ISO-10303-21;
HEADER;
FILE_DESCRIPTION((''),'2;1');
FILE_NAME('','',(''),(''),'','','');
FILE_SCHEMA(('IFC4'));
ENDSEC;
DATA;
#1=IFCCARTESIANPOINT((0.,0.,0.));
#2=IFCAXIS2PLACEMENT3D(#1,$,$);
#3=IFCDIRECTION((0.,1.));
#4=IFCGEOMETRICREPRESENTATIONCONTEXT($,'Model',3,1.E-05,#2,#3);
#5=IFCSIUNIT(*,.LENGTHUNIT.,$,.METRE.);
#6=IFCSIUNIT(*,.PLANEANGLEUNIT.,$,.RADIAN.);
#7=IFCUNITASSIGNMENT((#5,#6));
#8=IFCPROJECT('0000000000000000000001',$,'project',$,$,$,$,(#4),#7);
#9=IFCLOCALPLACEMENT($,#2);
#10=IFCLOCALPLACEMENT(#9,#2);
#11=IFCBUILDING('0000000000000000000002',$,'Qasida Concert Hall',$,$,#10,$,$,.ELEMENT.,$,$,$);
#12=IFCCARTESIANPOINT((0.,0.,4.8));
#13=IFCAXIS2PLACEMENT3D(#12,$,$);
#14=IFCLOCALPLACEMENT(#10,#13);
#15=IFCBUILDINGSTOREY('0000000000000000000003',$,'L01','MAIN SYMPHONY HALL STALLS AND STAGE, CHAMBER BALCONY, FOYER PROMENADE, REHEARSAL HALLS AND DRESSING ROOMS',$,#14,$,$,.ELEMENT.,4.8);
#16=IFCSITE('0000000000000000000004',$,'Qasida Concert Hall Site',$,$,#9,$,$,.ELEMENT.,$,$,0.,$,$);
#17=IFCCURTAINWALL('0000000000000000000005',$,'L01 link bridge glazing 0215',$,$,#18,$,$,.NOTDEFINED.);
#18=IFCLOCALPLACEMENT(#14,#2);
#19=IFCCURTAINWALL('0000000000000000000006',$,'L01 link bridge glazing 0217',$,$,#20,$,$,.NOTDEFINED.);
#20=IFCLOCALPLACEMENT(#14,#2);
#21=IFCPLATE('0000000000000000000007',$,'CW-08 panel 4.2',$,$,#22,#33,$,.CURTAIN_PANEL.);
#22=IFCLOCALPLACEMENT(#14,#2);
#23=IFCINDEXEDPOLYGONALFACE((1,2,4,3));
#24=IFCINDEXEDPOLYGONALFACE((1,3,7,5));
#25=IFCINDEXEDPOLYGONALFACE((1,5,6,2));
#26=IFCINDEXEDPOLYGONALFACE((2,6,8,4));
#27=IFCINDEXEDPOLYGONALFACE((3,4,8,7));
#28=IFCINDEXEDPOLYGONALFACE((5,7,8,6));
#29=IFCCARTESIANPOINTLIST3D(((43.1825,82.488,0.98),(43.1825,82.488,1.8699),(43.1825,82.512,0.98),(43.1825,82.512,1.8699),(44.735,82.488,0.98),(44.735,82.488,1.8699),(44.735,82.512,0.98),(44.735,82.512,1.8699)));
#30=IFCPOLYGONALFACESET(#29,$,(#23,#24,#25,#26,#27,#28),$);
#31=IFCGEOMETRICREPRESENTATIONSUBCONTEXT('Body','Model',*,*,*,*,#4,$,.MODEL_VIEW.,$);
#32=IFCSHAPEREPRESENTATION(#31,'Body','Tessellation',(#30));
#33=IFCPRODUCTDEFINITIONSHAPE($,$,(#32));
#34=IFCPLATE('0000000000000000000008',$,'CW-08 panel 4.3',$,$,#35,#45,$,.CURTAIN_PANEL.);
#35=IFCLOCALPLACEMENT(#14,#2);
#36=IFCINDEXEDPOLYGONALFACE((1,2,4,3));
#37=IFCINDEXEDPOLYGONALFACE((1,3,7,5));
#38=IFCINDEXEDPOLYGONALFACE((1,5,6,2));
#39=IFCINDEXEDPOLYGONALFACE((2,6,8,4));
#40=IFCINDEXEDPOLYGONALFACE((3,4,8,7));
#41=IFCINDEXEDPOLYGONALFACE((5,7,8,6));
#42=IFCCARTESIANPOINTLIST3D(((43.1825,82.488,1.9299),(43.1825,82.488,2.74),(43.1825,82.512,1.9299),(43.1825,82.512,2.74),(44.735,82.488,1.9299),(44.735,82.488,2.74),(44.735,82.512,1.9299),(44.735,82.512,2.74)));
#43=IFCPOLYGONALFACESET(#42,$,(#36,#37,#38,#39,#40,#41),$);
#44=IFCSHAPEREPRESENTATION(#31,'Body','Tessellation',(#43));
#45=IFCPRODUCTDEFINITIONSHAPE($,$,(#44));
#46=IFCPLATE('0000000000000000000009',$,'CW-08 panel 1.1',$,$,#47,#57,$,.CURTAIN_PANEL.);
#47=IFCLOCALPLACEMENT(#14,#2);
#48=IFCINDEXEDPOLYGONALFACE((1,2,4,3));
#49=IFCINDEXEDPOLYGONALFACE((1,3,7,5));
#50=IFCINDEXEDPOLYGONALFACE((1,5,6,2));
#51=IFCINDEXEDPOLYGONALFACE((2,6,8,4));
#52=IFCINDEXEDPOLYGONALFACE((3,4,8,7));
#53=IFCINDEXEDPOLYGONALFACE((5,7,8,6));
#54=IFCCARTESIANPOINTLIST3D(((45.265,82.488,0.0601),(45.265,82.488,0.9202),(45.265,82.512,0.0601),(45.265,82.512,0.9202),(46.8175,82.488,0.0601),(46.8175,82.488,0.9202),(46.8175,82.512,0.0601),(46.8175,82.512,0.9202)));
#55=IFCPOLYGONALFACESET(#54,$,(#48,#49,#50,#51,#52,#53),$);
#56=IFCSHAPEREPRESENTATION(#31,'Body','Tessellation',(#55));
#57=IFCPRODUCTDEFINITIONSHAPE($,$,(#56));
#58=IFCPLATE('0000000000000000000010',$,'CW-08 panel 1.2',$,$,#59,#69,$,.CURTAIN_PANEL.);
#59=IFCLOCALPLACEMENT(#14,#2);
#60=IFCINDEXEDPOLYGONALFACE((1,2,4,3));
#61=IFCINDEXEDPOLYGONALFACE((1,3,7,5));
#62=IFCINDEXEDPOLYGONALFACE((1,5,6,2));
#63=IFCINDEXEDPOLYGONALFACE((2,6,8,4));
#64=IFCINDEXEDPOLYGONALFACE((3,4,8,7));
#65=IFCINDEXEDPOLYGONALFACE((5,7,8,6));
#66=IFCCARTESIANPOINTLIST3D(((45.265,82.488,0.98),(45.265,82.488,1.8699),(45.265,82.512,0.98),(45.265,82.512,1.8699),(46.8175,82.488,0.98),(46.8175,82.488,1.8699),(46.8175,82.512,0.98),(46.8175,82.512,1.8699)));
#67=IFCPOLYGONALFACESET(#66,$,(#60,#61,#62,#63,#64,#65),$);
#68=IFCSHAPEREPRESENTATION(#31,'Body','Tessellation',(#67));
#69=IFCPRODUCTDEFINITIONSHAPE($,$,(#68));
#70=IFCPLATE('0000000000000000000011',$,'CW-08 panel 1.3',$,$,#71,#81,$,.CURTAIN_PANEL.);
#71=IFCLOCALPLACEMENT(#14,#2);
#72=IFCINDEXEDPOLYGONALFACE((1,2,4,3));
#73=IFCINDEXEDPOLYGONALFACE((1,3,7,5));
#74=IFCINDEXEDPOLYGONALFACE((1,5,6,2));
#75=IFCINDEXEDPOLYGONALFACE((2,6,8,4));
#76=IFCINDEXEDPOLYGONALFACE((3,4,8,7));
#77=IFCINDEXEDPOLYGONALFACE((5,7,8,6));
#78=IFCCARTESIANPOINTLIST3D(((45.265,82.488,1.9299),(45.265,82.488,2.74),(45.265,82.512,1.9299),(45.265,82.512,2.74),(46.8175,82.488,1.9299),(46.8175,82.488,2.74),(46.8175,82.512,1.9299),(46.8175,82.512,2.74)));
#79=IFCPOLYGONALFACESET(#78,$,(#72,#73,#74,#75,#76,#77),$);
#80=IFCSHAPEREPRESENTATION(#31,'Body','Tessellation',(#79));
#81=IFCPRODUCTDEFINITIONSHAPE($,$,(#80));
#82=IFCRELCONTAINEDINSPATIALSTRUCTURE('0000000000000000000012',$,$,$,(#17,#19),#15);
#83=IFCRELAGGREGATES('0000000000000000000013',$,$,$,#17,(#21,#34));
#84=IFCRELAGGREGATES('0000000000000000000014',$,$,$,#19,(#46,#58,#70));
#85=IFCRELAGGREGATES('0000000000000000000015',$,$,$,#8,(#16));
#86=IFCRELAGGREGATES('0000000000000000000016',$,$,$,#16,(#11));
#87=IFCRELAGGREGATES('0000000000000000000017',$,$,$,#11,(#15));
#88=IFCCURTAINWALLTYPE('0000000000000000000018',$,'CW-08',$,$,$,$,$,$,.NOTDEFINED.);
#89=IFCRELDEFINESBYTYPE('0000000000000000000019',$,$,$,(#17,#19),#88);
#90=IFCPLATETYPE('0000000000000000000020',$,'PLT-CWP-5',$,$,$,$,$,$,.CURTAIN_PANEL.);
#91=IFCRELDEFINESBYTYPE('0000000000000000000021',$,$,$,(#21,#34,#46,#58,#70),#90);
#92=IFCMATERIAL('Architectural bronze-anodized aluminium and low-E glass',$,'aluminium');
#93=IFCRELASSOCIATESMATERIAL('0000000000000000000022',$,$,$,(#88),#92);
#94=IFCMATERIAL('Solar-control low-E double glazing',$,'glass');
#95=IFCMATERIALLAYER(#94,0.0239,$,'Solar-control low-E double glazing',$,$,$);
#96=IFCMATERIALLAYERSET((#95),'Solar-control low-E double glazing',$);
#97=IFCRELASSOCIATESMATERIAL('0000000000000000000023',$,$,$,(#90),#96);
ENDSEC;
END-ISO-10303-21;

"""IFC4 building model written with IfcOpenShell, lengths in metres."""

from ifc_helpers import new_model, si_unit, direction, frame, origin, origin_2d, place, context, subcontext, project, spatial, rectangle, extrude, material, layer, layer_set, type_object, element, aggregate, save


model = new_model("IFC4")

# Units and contexts
model_context = context("Model", 3, precision=1e-05, world=origin(), true_north=direction((0.0, 1.0)))
body_context = subcontext(model_context, "Body", "Model", "MODEL_VIEW")
ifc_project = project(units=[si_unit("LENGTHUNIT", "METRE"), si_unit("PLANEANGLEUNIT", "RADIAN")], contexts=[model_context])

# Site, building, storey
site_placement = place(None, origin())
site = spatial("IfcSite", under=ifc_project, at=site_placement, Name="Qasida Concert Hall Site", CompositionType="ELEMENT", RefElevation=0.0)
building_placement = place(site_placement, origin())
building = spatial("IfcBuilding", under=site, at=building_placement, Name="Qasida Concert Hall", CompositionType="ELEMENT")
storey_placement = place(building_placement, frame((0.0, 0.0, 4.8)))
storey = spatial("IfcBuildingStorey", under=building, at=storey_placement, Name="L01", Description="MAIN SYMPHONY HALL STALLS AND STAGE, CHAMBER BALCONY, FOYER PROMENADE, REHEARSAL HALLS AND DRESSING ROOMS", CompositionType="ELEMENT", Elevation=4.8)

# Curtain walls
ifc_material_1 = material(Name="Architectural bronze-anodized aluminium and low-E glass", Category="aluminium")
curtain_wall_type = type_object("IfcCurtainWallType", Name="CW-08", PredefinedType="NOTDEFINED", material=ifc_material_1)
curtain_wall_1_placement = place(storey_placement, origin())
curtain_wall_1 = element("IfcCurtainWall", 1, at=curtain_wall_1_placement, inside=storey, type_object=curtain_wall_type, Name="L01 link bridge glazing 0215", PredefinedType="NOTDEFINED")
curtain_wall_2_placement = place(storey_placement, origin())
curtain_wall_2 = element("IfcCurtainWall", 2, at=curtain_wall_2_placement, inside=storey, type_object=curtain_wall_type, Name="L01 link bridge glazing 0217", PredefinedType="NOTDEFINED")

# Plates
ifc_material_2 = material(Name="Solar-control low-E double glazing", Category="glass")
ifc_layer = layer(ifc_material_2, 0.0239, Name="Solar-control low-E double glazing")
ifc_layer_set = layer_set([ifc_layer], Name="Solar-control low-E double glazing")
plate_type = type_object("IfcPlateType", Name="PLT-CWP-5", PredefinedType="CURTAIN_PANEL", material=ifc_layer_set)
plate_1_placement = place(storey_placement, frame((43.9587, 82.5, 0.98), z_axis=(0.0, 0.0, 1.0), x_axis=(1.0, 0.0, 0.0)))
plate_1 = element("IfcPlate", 3, at=plate_1_placement, type_object=plate_type, Name="CW-08 panel 4.2", PredefinedType="CURTAIN_PANEL", context=body_context, shape_type="SweptSolid", body=[
    extrude(rectangle(XDim=1.5525, YDim=0.0239, at=origin_2d()), origin(), (0.0, 0.0, 1.0), 0.8899),
])
plate_2_placement = place(storey_placement, frame((43.9587, 82.5, 1.9299), z_axis=(0.0, 0.0, 1.0), x_axis=(1.0, 0.0, 0.0)))
plate_2 = element("IfcPlate", 4, at=plate_2_placement, type_object=plate_type, Name="CW-08 panel 4.3", PredefinedType="CURTAIN_PANEL", context=body_context, shape_type="SweptSolid", body=[
    extrude(rectangle(XDim=1.5525, YDim=0.0239, at=origin_2d()), origin(), (0.0, 0.0, 1.0), 0.8101),
])
aggregate(curtain_wall_1, [plate_1, plate_2])
plate_3_placement = place(storey_placement, frame((46.0413, 82.5, 0.0601), z_axis=(0.0, 0.0, 1.0), x_axis=(1.0, 0.0, 0.0)))
plate_3 = element("IfcPlate", 5, at=plate_3_placement, type_object=plate_type, Name="CW-08 panel 1.1", PredefinedType="CURTAIN_PANEL", context=body_context, shape_type="SweptSolid", body=[
    extrude(rectangle(XDim=1.5525, YDim=0.0239, at=origin_2d()), origin(), (0.0, 0.0, 1.0), 0.8601),
])
plate_4_placement = place(storey_placement, frame((46.0413, 82.5, 0.98), z_axis=(0.0, 0.0, 1.0), x_axis=(1.0, 0.0, 0.0)))
plate_4 = element("IfcPlate", 6, at=plate_4_placement, type_object=plate_type, Name="CW-08 panel 1.2", PredefinedType="CURTAIN_PANEL", context=body_context, shape_type="SweptSolid", body=[
    extrude(rectangle(XDim=1.5525, YDim=0.0239, at=origin_2d()), origin(), (0.0, 0.0, 1.0), 0.8899),
])
plate_5_placement = place(storey_placement, frame((46.0413, 82.5, 1.9299), z_axis=(0.0, 0.0, 1.0), x_axis=(1.0, 0.0, 0.0)))
plate_5 = element("IfcPlate", 7, at=plate_5_placement, type_object=plate_type, Name="CW-08 panel 1.3", PredefinedType="CURTAIN_PANEL", context=body_context, shape_type="SweptSolid", body=[
    extrude(rectangle(XDim=1.5525, YDim=0.0239, at=origin_2d()), origin(), (0.0, 0.0, 1.0), 0.8101),
])
aggregate(curtain_wall_2, [plate_3, plate_4, plate_5])

save(model, "model.ifc")
